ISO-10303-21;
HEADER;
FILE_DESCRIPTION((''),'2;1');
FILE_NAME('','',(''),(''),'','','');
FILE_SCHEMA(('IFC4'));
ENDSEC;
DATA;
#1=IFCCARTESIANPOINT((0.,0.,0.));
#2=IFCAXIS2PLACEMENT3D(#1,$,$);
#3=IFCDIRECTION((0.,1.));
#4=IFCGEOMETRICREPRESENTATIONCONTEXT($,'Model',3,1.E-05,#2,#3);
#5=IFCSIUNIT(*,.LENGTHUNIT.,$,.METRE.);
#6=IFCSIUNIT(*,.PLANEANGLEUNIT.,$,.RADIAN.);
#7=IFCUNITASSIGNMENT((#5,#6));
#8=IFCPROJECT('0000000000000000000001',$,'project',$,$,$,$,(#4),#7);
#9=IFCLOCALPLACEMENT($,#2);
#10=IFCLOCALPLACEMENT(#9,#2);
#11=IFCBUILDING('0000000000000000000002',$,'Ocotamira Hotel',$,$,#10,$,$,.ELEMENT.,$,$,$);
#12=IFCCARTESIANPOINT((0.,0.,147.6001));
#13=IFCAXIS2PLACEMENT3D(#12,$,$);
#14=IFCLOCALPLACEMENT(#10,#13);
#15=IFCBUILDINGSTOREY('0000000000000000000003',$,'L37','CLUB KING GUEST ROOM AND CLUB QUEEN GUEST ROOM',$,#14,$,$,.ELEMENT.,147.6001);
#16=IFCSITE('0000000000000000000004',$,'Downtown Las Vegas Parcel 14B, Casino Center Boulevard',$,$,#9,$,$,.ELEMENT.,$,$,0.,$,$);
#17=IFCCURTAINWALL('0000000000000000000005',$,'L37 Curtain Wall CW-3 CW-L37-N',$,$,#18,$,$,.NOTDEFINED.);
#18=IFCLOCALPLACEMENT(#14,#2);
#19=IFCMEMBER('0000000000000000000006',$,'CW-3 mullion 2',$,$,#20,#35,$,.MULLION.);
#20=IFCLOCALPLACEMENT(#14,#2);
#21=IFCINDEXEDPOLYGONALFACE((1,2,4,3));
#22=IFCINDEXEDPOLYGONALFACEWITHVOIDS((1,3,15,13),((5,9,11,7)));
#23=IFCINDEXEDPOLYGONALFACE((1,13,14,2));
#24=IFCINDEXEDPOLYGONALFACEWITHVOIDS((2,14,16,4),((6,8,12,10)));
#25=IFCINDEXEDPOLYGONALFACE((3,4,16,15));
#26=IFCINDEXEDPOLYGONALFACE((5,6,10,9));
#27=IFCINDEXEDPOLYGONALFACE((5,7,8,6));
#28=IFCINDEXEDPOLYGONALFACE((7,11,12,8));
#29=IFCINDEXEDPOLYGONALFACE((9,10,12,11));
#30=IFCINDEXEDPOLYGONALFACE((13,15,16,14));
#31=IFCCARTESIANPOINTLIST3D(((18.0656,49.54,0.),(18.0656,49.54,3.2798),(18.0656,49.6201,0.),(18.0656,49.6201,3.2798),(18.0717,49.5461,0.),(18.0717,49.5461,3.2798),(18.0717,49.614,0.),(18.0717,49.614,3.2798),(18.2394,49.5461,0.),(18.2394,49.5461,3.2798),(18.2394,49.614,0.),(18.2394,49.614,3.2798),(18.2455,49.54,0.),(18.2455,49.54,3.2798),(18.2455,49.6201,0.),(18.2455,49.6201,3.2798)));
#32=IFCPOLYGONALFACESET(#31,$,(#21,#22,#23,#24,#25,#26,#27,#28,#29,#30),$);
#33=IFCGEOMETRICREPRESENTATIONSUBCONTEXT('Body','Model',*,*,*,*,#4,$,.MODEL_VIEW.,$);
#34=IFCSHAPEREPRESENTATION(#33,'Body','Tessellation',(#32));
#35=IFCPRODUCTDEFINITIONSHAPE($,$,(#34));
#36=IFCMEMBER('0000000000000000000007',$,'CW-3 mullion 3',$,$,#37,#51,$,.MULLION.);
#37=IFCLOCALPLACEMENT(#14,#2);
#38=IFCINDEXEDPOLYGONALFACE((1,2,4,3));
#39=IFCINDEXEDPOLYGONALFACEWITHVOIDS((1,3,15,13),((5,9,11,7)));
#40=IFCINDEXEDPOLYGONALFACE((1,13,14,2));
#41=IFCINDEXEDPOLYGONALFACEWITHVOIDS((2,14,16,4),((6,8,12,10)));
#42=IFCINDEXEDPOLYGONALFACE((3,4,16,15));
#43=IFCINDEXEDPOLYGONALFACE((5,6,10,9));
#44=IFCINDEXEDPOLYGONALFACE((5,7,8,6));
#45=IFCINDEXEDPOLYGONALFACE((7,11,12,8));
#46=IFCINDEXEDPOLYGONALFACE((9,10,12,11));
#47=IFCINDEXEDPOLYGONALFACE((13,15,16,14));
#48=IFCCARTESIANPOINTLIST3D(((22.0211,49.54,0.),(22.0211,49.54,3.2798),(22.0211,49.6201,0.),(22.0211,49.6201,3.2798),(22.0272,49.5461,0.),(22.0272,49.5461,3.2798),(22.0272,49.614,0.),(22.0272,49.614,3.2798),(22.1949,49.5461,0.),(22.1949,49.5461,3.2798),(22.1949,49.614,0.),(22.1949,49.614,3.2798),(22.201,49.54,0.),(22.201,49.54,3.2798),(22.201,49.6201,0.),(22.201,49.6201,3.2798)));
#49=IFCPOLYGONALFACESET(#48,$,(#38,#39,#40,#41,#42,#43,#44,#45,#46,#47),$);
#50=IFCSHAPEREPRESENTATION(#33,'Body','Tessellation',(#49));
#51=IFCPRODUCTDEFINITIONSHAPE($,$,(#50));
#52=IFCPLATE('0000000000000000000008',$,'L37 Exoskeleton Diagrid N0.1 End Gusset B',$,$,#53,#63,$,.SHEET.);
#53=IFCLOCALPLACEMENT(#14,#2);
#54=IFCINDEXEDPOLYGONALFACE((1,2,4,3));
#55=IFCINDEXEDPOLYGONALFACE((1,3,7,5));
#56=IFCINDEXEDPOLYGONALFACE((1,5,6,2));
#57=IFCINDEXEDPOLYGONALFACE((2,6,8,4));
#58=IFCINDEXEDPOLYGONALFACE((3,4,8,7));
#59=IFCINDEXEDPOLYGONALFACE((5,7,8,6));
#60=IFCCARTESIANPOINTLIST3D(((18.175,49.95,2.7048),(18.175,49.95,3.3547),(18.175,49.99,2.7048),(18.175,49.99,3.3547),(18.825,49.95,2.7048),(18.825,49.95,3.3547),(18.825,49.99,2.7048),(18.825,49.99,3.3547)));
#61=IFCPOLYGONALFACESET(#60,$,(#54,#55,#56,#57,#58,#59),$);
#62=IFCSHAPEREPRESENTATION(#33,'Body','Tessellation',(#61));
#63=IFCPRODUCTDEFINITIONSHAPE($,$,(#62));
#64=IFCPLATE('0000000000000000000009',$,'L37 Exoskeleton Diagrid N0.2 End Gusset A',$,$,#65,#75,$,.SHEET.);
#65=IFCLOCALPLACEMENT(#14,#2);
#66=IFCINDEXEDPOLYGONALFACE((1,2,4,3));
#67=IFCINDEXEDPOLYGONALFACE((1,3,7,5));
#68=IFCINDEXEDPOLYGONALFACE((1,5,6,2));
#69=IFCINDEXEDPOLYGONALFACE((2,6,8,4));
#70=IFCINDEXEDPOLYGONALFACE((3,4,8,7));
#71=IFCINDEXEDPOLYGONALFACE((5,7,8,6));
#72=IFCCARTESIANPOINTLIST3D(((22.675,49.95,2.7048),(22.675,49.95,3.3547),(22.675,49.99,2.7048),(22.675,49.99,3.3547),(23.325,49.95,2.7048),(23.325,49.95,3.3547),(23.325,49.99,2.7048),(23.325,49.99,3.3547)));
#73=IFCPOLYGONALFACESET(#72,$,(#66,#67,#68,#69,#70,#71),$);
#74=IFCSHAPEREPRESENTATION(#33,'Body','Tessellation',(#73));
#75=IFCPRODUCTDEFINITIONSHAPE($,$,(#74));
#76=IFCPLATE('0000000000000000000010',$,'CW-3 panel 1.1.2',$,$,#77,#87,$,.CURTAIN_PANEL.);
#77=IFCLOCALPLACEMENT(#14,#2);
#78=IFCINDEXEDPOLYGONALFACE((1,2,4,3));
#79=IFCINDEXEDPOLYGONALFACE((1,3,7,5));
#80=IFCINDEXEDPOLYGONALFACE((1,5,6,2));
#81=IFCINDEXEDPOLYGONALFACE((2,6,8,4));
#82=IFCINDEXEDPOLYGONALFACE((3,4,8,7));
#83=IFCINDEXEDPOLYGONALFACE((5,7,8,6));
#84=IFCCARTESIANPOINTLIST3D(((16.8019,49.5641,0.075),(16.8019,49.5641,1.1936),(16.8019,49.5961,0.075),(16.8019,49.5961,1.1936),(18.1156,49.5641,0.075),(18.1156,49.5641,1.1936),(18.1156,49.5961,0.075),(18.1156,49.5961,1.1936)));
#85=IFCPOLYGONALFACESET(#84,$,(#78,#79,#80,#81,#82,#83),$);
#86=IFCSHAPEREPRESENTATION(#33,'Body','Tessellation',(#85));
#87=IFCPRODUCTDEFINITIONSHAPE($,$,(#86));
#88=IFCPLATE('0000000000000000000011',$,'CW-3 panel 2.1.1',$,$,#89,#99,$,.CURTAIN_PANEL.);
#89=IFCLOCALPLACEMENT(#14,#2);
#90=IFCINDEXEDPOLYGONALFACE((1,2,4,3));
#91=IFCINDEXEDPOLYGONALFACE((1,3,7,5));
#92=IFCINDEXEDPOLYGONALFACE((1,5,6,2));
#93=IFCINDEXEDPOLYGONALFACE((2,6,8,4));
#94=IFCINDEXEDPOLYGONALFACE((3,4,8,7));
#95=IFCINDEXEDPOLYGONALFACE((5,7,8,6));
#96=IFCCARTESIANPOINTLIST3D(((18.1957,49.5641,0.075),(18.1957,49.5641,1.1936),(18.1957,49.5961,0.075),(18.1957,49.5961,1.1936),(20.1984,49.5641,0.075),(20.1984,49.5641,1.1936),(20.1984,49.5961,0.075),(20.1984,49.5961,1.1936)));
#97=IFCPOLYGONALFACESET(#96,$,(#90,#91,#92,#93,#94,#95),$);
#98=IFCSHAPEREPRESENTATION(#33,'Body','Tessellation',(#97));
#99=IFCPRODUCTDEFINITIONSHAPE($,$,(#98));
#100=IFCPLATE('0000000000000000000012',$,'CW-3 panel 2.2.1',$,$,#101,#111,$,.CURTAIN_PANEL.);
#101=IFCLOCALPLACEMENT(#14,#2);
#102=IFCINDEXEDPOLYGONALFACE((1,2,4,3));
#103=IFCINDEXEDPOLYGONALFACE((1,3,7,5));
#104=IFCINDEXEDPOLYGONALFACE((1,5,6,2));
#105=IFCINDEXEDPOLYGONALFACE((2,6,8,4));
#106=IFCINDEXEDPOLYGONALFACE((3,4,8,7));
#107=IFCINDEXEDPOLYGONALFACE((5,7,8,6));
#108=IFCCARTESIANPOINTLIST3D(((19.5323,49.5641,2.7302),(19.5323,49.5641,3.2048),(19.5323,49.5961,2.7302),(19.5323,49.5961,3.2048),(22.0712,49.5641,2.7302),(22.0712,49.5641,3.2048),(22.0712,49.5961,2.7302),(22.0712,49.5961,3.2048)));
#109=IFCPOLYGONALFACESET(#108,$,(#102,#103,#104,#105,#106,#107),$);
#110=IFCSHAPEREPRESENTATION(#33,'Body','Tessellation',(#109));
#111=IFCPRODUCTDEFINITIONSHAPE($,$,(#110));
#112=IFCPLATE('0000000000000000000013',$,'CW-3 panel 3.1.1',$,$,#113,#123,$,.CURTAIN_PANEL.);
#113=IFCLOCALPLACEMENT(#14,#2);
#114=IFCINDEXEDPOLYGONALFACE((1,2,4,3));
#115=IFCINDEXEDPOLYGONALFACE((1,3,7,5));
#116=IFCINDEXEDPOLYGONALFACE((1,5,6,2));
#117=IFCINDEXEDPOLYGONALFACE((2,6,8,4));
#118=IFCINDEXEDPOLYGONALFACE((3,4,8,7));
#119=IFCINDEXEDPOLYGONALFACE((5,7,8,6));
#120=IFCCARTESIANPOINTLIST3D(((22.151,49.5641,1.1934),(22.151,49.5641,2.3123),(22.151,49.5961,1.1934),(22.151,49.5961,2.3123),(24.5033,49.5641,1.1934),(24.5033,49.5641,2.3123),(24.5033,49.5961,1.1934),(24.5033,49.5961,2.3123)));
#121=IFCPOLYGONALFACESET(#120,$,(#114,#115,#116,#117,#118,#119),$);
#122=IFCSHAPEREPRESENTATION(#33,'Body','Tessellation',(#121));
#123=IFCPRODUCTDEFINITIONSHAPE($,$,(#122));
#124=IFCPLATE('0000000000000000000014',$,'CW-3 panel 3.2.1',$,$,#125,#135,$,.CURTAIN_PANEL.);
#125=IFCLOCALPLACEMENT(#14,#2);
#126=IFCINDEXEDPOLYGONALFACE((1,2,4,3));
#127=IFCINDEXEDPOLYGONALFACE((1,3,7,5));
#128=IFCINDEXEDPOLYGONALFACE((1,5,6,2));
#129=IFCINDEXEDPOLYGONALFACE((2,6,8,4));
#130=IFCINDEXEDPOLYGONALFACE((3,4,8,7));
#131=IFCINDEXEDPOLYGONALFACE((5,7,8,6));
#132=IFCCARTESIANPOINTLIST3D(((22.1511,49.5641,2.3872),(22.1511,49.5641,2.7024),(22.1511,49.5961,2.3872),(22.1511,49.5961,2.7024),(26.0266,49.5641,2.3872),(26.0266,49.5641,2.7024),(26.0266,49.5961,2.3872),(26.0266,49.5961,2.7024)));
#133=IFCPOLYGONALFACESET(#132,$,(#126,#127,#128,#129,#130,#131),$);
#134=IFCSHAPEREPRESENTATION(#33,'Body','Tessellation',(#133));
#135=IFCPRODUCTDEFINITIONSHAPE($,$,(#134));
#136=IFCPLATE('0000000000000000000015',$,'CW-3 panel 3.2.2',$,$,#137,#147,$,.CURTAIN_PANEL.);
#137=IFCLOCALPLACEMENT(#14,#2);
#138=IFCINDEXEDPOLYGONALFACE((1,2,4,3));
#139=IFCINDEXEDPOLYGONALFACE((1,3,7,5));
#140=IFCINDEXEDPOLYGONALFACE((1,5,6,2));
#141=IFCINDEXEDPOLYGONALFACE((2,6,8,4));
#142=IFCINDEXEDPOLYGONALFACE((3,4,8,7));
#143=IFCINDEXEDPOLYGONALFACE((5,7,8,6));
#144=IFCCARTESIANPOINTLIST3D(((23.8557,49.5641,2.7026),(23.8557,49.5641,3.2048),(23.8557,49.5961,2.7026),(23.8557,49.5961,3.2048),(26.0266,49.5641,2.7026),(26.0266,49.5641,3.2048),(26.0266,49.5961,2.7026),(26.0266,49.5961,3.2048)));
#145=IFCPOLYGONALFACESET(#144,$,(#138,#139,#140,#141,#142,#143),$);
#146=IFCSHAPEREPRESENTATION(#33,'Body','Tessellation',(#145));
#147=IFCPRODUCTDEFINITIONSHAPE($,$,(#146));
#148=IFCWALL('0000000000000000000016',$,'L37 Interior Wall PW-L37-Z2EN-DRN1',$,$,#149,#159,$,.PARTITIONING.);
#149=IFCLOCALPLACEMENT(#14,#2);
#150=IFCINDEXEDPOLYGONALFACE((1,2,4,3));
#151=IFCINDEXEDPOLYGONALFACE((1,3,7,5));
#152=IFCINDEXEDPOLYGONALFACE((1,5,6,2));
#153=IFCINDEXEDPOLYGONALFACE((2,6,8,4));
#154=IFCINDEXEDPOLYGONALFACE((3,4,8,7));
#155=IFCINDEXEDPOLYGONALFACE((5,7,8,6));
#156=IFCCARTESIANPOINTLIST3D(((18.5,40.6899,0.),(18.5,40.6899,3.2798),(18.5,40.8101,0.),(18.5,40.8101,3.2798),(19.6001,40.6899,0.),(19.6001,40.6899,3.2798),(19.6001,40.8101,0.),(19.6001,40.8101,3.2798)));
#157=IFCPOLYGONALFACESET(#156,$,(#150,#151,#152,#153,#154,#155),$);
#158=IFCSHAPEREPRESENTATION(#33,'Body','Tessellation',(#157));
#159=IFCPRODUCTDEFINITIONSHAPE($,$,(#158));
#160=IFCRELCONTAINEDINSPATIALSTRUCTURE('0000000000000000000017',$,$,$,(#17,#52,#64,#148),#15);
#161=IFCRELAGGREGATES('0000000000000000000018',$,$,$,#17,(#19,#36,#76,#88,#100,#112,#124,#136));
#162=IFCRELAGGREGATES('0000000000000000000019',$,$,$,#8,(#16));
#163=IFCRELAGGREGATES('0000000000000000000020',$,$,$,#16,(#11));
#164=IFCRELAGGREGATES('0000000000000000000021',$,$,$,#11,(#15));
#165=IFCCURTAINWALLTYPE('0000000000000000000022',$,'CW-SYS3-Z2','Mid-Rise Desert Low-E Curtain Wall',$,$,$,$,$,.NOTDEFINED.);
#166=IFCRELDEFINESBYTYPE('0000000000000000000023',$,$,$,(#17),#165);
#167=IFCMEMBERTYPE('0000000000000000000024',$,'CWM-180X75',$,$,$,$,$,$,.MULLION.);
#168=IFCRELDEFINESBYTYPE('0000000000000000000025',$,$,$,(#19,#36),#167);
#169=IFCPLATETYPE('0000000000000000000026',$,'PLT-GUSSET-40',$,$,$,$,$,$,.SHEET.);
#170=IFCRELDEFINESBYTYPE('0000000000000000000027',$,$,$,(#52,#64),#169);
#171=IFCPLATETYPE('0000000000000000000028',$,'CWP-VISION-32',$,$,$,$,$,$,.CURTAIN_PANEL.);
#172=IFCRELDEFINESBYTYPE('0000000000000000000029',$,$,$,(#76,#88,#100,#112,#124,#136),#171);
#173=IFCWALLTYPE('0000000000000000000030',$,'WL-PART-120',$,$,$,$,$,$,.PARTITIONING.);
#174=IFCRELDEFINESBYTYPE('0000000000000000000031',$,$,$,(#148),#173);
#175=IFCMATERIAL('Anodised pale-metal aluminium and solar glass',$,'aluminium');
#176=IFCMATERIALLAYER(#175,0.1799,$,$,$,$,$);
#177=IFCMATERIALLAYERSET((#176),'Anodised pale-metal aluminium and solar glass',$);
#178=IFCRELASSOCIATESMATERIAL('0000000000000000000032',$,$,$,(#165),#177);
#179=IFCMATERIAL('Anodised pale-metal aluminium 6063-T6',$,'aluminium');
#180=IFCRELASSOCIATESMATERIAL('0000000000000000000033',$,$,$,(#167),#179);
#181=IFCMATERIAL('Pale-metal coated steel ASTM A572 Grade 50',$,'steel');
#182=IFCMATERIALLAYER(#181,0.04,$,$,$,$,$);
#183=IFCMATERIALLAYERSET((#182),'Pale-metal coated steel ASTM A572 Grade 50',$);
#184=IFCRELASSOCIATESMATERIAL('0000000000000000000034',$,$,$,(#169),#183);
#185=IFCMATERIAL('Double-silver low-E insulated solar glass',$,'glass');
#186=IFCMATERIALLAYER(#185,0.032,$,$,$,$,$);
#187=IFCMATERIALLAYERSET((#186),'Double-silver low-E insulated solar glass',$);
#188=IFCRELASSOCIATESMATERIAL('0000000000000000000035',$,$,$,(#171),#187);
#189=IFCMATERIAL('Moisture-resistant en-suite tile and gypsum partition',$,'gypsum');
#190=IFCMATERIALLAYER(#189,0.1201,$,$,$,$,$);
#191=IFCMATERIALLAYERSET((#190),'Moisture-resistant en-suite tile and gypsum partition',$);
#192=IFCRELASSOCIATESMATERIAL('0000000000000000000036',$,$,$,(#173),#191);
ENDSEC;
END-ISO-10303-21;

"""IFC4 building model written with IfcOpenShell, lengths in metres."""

from ifc_helpers import new_model, si_unit, direction, frame, frame_2d, origin, origin_2d, place, context, subcontext, project, spatial, rectangle, hollow_rectangle, extrude, source, transform, mapped, material, layer, layer_set, material_profile, profile_set, type_object, element, aggregate, save


model = new_model("IFC4")

# Units and contexts
model_context = context("Model", 3, precision=1e-05, world=origin(), true_north=direction((0.0, 1.0)))
body_context = subcontext(model_context, "Body", "Model", "MODEL_VIEW")
ifc_project = project(units=[si_unit("LENGTHUNIT", "METRE"), si_unit("PLANEANGLEUNIT", "RADIAN")], contexts=[model_context])

# Site, building, storey
site_placement = place(None, origin())
site = spatial("IfcSite", under=ifc_project, at=site_placement, Name="Downtown Las Vegas Parcel 14B, Casino Center Boulevard", CompositionType="ELEMENT", RefElevation=0.0)
building_placement = place(site_placement, origin())
building = spatial("IfcBuilding", under=site, at=building_placement, Name="Ocotamira Hotel", CompositionType="ELEMENT")
storey_placement = place(building_placement, frame((0.0, 0.0, 147.6001)))
storey = spatial("IfcBuildingStorey", under=building, at=storey_placement, Name="L37", Description="CLUB KING GUEST ROOM AND CLUB QUEEN GUEST ROOM", CompositionType="ELEMENT", Elevation=147.6001)

# Curtain wall, members
ifc_material_1 = material(Name="Anodised pale-metal aluminium and solar glass", Category="aluminium")
ifc_layer_1 = layer(ifc_material_1, 0.1799)
ifc_layer_set_1 = layer_set([ifc_layer_1], Name="Anodised pale-metal aluminium and solar glass")
curtain_wall_type = type_object("IfcCurtainWallType", Name="CW-SYS3-Z2", Description="Mid-Rise Desert Low-E Curtain Wall", PredefinedType="NOTDEFINED", material=ifc_layer_set_1)
curtain_wall_placement = place(storey_placement, origin())
curtain_wall = element("IfcCurtainWall", 1, at=curtain_wall_placement, inside=storey, type_object=curtain_wall_type, Name="L37 Curtain Wall CW-3 CW-L37-N", PredefinedType="NOTDEFINED")
ifc_material_2 = material(Name="Anodised pale-metal aluminium 6063-T6", Category="aluminium")
ifc_material_profile_1 = material_profile(ifc_material_2, hollow_rectangle(XDim=0.0801, YDim=0.1799, WallThickness=0.0061, at=origin_2d()), Name="HSS180X80X6")
ifc_profile_set_1 = profile_set([ifc_material_profile_1], Name="Anodised pale-metal aluminium 6063-T6")
member_type_1 = type_object("IfcMemberType", Name="CWM-180X75", PredefinedType="MULLION", material=ifc_profile_set_1)
shared_shape_1 = source(origin(), body_context, "Body", "SweptSolid", [
    extrude(hollow_rectangle(XDim=0.0801, YDim=0.1799, WallThickness=0.0061, at=origin_2d()), origin(), (0.0, 0.0, 1.0), 3.2798),
])
member_1_placement = place(storey_placement, frame((18.1555, 49.5801, 0.0), z_axis=(0.0, 0.0, 1.0), x_axis=(0.0, 1.0, 0.0)))
member_1 = element("IfcMember", 2, at=member_1_placement, type_object=member_type_1, Name="CW-3 mullion 2", PredefinedType="MULLION", context=body_context, shape_type="MappedRepresentation", body=[
    mapped(shared_shape_1, transform((0.0, 0.0, 0.0), scale=1.0)),
])
member_2_placement = place(storey_placement, frame((22.1111, 49.5801, 0.0), z_axis=(0.0, 0.0, 1.0), x_axis=(0.0, 1.0, 0.0)))
member_2 = element("IfcMember", 3, at=member_2_placement, type_object=member_type_1, Name="CW-3 mullion 3", PredefinedType="MULLION", context=body_context, shape_type="MappedRepresentation", body=[
    mapped(shared_shape_1, transform((0.0, 0.0, 0.0), scale=1.0)),
])

# Plates
ifc_material_3 = material(Name="Pale-metal coated steel ASTM A572 Grade 50", Category="steel")
ifc_layer_2 = layer(ifc_material_3, 0.04)
ifc_layer_set_2 = layer_set([ifc_layer_2], Name="Pale-metal coated steel ASTM A572 Grade 50")
plate_type_1 = type_object("IfcPlateType", Name="PLT-GUSSET-40", PredefinedType="SHEET", material=ifc_layer_set_2)
shared_shape_2 = source(origin(), body_context, "Body", "SweptSolid", [
    extrude(rectangle(XDim=0.6499, YDim=0.04, at=origin_2d()), origin(), (0.0, 0.0, 1.0), 0.6499),
])
for number, where, z_axis, x_axis, name in (
    (4, (18.5, 49.97, 2.7048), (0.0, 0.0, 1.0), (1.0, 0.0, 0.0), "L37 Exoskeleton Diagrid N0.1 End Gusset B"),
    (5, (23.0, 49.97, 2.7048), (0.0, 0.0, 1.0), (-1.0, 0.0, 0.0), "L37 Exoskeleton Diagrid N0.2 End Gusset A"),
):
    element("IfcPlate", number, at=place(storey_placement, frame(where, z_axis=z_axis, x_axis=x_axis)), inside=storey, type_object=plate_type_1, Name=name, PredefinedType="SHEET", context=body_context, shape_type="MappedRepresentation", body=[
        mapped(shared_shape_2, transform((0.0, 0.0, 0.0), scale=1.0)),
    ])

# Plates
ifc_material_4 = material(Name="Double-silver low-E insulated solar glass", Category="glass")
ifc_layer_3 = layer(ifc_material_4, 0.032)
ifc_layer_set_3 = layer_set([ifc_layer_3], Name="Double-silver low-E insulated solar glass")
plate_type_2 = type_object("IfcPlateType", Name="CWP-VISION-32", PredefinedType="CURTAIN_PANEL", material=ifc_layer_set_3)
shared_shape_3 = source(origin(), body_context, "Body", "SweptSolid", [
    extrude(rectangle(XDim=1.3137, YDim=0.032, at=origin_2d()), origin(), (0.0, 0.0, 1.0), 1.1187),
])
plate_1_placement = place(storey_placement, frame((17.4587, 49.5801, 0.075), z_axis=(0.0, 0.0, 1.0), x_axis=(1.0, 0.0, 0.0)))
plate_1 = element("IfcPlate", 6, at=plate_1_placement, type_object=plate_type_2, Name="CW-3 panel 1.1.2", PredefinedType="CURTAIN_PANEL", context=body_context, shape_type="MappedRepresentation", body=[
    mapped(shared_shape_3, transform((0.0, 0.0, 0.0), scale=1.0)),
])
shared_shape_4 = source(origin(), body_context, "Body", "SweptSolid", [
    extrude(rectangle(XDim=2.0027, YDim=0.032, at=origin_2d()), origin(), (0.0, 0.0, 1.0), 1.1187),
])
plate_2_placement = place(storey_placement, frame((19.197, 49.5801, 0.075), z_axis=(0.0, 0.0, 1.0), x_axis=(1.0, 0.0, 0.0)))
plate_2 = element("IfcPlate", 7, at=plate_2_placement, type_object=plate_type_2, Name="CW-3 panel 2.1.1", PredefinedType="CURTAIN_PANEL", context=body_context, shape_type="MappedRepresentation", body=[
    mapped(shared_shape_4, transform((0.0, 0.0, 0.0), scale=1.0)),
])
shared_shape_5 = source(origin(), body_context, "Body", "SweptSolid", [
    extrude(rectangle(XDim=2.5388, YDim=0.032, at=origin_2d()), origin(), (0.0, 0.0, 1.0), 0.4746),
])
plate_3_placement = place(storey_placement, frame((20.8018, 49.5801, 2.7302), z_axis=(0.0, 0.0, 1.0), x_axis=(1.0, 0.0, 0.0)))
plate_3 = element("IfcPlate", 8, at=plate_3_placement, type_object=plate_type_2, Name="CW-3 panel 2.2.1", PredefinedType="CURTAIN_PANEL", context=body_context, shape_type="MappedRepresentation", body=[
    mapped(shared_shape_5, transform((0.0, 0.0, 0.0), scale=1.0)),
])
shared_shape_6 = source(origin(), body_context, "Body", "SweptSolid", [
    extrude(rectangle(XDim=2.3523, YDim=0.032, at=origin_2d()), origin(), (0.0, 0.0, 1.0), 1.1189),
])
plate_4_placement = place(storey_placement, frame((23.3271, 49.5801, 1.1934), z_axis=(0.0, 0.0, 1.0), x_axis=(1.0, 0.0, 0.0)))
plate_4 = element("IfcPlate", 9, at=plate_4_placement, type_object=plate_type_2, Name="CW-3 panel 3.1.1", PredefinedType="CURTAIN_PANEL", context=body_context, shape_type="MappedRepresentation", body=[
    mapped(shared_shape_6, transform((0.0, 0.0, 0.0), scale=1.0)),
])
shared_shape_7 = source(origin(), body_context, "Body", "SweptSolid", [
    extrude(rectangle(XDim=3.8755, YDim=0.032, at=origin_2d()), origin(), (0.0, 0.0, 1.0), 0.3152),
])
plate_5_placement = place(storey_placement, frame((24.0889, 49.5801, 2.3872), z_axis=(0.0, 0.0, 1.0), x_axis=(1.0, 0.0, 0.0)))
plate_5 = element("IfcPlate", 10, at=plate_5_placement, type_object=plate_type_2, Name="CW-3 panel 3.2.1", PredefinedType="CURTAIN_PANEL", context=body_context, shape_type="MappedRepresentation", body=[
    mapped(shared_shape_7, transform((0.0, 0.0, 0.0), scale=1.0)),
])
shared_shape_8 = source(origin(), body_context, "Body", "SweptSolid", [
    extrude(rectangle(XDim=2.1709, YDim=0.032, at=origin_2d()), origin(), (0.0, 0.0, 1.0), 0.5022),
])
plate_6_placement = place(storey_placement, frame((24.9412, 49.5801, 2.7026), z_axis=(0.0, 0.0, 1.0), x_axis=(1.0, 0.0, 0.0)))
plate_6 = element("IfcPlate", 11, at=plate_6_placement, type_object=plate_type_2, Name="CW-3 panel 3.2.2", PredefinedType="CURTAIN_PANEL", context=body_context, shape_type="MappedRepresentation", body=[
    mapped(shared_shape_8, transform((0.0, 0.0, 0.0), scale=1.0)),
])
aggregate(curtain_wall, [member_1, member_2, plate_1, plate_2, plate_3, plate_4, plate_5, plate_6])

# Wall
ifc_material_5 = material(Name="Moisture-resistant en-suite tile and gypsum partition", Category="gypsum")
ifc_layer_4 = layer(ifc_material_5, 0.1201)
ifc_layer_set_4 = layer_set([ifc_layer_4], Name="Moisture-resistant en-suite tile and gypsum partition")
wall_type_1 = type_object("IfcWallType", Name="WL-PART-120", PredefinedType="PARTITIONING", material=ifc_layer_set_4)
wall_1_placement = place(storey_placement, frame((18.5, 40.75, 0.0), z_axis=(0.0, 0.0, 1.0), x_axis=(1.0, 0.0, 0.0)))
element("IfcWall", 12, at=wall_1_placement, inside=storey, type_object=wall_type_1, Name="L37 Interior Wall PW-L37-Z2EN-DRN1", PredefinedType="PARTITIONING", context=body_context, shape_type="SweptSolid", body=[
    extrude(rectangle(XDim=1.1001, YDim=0.1201, at=frame_2d((0.55, 0.0))), origin(), (0.0, 0.0, 1.0), 3.2798),
])

save(model, "model.ifc")
